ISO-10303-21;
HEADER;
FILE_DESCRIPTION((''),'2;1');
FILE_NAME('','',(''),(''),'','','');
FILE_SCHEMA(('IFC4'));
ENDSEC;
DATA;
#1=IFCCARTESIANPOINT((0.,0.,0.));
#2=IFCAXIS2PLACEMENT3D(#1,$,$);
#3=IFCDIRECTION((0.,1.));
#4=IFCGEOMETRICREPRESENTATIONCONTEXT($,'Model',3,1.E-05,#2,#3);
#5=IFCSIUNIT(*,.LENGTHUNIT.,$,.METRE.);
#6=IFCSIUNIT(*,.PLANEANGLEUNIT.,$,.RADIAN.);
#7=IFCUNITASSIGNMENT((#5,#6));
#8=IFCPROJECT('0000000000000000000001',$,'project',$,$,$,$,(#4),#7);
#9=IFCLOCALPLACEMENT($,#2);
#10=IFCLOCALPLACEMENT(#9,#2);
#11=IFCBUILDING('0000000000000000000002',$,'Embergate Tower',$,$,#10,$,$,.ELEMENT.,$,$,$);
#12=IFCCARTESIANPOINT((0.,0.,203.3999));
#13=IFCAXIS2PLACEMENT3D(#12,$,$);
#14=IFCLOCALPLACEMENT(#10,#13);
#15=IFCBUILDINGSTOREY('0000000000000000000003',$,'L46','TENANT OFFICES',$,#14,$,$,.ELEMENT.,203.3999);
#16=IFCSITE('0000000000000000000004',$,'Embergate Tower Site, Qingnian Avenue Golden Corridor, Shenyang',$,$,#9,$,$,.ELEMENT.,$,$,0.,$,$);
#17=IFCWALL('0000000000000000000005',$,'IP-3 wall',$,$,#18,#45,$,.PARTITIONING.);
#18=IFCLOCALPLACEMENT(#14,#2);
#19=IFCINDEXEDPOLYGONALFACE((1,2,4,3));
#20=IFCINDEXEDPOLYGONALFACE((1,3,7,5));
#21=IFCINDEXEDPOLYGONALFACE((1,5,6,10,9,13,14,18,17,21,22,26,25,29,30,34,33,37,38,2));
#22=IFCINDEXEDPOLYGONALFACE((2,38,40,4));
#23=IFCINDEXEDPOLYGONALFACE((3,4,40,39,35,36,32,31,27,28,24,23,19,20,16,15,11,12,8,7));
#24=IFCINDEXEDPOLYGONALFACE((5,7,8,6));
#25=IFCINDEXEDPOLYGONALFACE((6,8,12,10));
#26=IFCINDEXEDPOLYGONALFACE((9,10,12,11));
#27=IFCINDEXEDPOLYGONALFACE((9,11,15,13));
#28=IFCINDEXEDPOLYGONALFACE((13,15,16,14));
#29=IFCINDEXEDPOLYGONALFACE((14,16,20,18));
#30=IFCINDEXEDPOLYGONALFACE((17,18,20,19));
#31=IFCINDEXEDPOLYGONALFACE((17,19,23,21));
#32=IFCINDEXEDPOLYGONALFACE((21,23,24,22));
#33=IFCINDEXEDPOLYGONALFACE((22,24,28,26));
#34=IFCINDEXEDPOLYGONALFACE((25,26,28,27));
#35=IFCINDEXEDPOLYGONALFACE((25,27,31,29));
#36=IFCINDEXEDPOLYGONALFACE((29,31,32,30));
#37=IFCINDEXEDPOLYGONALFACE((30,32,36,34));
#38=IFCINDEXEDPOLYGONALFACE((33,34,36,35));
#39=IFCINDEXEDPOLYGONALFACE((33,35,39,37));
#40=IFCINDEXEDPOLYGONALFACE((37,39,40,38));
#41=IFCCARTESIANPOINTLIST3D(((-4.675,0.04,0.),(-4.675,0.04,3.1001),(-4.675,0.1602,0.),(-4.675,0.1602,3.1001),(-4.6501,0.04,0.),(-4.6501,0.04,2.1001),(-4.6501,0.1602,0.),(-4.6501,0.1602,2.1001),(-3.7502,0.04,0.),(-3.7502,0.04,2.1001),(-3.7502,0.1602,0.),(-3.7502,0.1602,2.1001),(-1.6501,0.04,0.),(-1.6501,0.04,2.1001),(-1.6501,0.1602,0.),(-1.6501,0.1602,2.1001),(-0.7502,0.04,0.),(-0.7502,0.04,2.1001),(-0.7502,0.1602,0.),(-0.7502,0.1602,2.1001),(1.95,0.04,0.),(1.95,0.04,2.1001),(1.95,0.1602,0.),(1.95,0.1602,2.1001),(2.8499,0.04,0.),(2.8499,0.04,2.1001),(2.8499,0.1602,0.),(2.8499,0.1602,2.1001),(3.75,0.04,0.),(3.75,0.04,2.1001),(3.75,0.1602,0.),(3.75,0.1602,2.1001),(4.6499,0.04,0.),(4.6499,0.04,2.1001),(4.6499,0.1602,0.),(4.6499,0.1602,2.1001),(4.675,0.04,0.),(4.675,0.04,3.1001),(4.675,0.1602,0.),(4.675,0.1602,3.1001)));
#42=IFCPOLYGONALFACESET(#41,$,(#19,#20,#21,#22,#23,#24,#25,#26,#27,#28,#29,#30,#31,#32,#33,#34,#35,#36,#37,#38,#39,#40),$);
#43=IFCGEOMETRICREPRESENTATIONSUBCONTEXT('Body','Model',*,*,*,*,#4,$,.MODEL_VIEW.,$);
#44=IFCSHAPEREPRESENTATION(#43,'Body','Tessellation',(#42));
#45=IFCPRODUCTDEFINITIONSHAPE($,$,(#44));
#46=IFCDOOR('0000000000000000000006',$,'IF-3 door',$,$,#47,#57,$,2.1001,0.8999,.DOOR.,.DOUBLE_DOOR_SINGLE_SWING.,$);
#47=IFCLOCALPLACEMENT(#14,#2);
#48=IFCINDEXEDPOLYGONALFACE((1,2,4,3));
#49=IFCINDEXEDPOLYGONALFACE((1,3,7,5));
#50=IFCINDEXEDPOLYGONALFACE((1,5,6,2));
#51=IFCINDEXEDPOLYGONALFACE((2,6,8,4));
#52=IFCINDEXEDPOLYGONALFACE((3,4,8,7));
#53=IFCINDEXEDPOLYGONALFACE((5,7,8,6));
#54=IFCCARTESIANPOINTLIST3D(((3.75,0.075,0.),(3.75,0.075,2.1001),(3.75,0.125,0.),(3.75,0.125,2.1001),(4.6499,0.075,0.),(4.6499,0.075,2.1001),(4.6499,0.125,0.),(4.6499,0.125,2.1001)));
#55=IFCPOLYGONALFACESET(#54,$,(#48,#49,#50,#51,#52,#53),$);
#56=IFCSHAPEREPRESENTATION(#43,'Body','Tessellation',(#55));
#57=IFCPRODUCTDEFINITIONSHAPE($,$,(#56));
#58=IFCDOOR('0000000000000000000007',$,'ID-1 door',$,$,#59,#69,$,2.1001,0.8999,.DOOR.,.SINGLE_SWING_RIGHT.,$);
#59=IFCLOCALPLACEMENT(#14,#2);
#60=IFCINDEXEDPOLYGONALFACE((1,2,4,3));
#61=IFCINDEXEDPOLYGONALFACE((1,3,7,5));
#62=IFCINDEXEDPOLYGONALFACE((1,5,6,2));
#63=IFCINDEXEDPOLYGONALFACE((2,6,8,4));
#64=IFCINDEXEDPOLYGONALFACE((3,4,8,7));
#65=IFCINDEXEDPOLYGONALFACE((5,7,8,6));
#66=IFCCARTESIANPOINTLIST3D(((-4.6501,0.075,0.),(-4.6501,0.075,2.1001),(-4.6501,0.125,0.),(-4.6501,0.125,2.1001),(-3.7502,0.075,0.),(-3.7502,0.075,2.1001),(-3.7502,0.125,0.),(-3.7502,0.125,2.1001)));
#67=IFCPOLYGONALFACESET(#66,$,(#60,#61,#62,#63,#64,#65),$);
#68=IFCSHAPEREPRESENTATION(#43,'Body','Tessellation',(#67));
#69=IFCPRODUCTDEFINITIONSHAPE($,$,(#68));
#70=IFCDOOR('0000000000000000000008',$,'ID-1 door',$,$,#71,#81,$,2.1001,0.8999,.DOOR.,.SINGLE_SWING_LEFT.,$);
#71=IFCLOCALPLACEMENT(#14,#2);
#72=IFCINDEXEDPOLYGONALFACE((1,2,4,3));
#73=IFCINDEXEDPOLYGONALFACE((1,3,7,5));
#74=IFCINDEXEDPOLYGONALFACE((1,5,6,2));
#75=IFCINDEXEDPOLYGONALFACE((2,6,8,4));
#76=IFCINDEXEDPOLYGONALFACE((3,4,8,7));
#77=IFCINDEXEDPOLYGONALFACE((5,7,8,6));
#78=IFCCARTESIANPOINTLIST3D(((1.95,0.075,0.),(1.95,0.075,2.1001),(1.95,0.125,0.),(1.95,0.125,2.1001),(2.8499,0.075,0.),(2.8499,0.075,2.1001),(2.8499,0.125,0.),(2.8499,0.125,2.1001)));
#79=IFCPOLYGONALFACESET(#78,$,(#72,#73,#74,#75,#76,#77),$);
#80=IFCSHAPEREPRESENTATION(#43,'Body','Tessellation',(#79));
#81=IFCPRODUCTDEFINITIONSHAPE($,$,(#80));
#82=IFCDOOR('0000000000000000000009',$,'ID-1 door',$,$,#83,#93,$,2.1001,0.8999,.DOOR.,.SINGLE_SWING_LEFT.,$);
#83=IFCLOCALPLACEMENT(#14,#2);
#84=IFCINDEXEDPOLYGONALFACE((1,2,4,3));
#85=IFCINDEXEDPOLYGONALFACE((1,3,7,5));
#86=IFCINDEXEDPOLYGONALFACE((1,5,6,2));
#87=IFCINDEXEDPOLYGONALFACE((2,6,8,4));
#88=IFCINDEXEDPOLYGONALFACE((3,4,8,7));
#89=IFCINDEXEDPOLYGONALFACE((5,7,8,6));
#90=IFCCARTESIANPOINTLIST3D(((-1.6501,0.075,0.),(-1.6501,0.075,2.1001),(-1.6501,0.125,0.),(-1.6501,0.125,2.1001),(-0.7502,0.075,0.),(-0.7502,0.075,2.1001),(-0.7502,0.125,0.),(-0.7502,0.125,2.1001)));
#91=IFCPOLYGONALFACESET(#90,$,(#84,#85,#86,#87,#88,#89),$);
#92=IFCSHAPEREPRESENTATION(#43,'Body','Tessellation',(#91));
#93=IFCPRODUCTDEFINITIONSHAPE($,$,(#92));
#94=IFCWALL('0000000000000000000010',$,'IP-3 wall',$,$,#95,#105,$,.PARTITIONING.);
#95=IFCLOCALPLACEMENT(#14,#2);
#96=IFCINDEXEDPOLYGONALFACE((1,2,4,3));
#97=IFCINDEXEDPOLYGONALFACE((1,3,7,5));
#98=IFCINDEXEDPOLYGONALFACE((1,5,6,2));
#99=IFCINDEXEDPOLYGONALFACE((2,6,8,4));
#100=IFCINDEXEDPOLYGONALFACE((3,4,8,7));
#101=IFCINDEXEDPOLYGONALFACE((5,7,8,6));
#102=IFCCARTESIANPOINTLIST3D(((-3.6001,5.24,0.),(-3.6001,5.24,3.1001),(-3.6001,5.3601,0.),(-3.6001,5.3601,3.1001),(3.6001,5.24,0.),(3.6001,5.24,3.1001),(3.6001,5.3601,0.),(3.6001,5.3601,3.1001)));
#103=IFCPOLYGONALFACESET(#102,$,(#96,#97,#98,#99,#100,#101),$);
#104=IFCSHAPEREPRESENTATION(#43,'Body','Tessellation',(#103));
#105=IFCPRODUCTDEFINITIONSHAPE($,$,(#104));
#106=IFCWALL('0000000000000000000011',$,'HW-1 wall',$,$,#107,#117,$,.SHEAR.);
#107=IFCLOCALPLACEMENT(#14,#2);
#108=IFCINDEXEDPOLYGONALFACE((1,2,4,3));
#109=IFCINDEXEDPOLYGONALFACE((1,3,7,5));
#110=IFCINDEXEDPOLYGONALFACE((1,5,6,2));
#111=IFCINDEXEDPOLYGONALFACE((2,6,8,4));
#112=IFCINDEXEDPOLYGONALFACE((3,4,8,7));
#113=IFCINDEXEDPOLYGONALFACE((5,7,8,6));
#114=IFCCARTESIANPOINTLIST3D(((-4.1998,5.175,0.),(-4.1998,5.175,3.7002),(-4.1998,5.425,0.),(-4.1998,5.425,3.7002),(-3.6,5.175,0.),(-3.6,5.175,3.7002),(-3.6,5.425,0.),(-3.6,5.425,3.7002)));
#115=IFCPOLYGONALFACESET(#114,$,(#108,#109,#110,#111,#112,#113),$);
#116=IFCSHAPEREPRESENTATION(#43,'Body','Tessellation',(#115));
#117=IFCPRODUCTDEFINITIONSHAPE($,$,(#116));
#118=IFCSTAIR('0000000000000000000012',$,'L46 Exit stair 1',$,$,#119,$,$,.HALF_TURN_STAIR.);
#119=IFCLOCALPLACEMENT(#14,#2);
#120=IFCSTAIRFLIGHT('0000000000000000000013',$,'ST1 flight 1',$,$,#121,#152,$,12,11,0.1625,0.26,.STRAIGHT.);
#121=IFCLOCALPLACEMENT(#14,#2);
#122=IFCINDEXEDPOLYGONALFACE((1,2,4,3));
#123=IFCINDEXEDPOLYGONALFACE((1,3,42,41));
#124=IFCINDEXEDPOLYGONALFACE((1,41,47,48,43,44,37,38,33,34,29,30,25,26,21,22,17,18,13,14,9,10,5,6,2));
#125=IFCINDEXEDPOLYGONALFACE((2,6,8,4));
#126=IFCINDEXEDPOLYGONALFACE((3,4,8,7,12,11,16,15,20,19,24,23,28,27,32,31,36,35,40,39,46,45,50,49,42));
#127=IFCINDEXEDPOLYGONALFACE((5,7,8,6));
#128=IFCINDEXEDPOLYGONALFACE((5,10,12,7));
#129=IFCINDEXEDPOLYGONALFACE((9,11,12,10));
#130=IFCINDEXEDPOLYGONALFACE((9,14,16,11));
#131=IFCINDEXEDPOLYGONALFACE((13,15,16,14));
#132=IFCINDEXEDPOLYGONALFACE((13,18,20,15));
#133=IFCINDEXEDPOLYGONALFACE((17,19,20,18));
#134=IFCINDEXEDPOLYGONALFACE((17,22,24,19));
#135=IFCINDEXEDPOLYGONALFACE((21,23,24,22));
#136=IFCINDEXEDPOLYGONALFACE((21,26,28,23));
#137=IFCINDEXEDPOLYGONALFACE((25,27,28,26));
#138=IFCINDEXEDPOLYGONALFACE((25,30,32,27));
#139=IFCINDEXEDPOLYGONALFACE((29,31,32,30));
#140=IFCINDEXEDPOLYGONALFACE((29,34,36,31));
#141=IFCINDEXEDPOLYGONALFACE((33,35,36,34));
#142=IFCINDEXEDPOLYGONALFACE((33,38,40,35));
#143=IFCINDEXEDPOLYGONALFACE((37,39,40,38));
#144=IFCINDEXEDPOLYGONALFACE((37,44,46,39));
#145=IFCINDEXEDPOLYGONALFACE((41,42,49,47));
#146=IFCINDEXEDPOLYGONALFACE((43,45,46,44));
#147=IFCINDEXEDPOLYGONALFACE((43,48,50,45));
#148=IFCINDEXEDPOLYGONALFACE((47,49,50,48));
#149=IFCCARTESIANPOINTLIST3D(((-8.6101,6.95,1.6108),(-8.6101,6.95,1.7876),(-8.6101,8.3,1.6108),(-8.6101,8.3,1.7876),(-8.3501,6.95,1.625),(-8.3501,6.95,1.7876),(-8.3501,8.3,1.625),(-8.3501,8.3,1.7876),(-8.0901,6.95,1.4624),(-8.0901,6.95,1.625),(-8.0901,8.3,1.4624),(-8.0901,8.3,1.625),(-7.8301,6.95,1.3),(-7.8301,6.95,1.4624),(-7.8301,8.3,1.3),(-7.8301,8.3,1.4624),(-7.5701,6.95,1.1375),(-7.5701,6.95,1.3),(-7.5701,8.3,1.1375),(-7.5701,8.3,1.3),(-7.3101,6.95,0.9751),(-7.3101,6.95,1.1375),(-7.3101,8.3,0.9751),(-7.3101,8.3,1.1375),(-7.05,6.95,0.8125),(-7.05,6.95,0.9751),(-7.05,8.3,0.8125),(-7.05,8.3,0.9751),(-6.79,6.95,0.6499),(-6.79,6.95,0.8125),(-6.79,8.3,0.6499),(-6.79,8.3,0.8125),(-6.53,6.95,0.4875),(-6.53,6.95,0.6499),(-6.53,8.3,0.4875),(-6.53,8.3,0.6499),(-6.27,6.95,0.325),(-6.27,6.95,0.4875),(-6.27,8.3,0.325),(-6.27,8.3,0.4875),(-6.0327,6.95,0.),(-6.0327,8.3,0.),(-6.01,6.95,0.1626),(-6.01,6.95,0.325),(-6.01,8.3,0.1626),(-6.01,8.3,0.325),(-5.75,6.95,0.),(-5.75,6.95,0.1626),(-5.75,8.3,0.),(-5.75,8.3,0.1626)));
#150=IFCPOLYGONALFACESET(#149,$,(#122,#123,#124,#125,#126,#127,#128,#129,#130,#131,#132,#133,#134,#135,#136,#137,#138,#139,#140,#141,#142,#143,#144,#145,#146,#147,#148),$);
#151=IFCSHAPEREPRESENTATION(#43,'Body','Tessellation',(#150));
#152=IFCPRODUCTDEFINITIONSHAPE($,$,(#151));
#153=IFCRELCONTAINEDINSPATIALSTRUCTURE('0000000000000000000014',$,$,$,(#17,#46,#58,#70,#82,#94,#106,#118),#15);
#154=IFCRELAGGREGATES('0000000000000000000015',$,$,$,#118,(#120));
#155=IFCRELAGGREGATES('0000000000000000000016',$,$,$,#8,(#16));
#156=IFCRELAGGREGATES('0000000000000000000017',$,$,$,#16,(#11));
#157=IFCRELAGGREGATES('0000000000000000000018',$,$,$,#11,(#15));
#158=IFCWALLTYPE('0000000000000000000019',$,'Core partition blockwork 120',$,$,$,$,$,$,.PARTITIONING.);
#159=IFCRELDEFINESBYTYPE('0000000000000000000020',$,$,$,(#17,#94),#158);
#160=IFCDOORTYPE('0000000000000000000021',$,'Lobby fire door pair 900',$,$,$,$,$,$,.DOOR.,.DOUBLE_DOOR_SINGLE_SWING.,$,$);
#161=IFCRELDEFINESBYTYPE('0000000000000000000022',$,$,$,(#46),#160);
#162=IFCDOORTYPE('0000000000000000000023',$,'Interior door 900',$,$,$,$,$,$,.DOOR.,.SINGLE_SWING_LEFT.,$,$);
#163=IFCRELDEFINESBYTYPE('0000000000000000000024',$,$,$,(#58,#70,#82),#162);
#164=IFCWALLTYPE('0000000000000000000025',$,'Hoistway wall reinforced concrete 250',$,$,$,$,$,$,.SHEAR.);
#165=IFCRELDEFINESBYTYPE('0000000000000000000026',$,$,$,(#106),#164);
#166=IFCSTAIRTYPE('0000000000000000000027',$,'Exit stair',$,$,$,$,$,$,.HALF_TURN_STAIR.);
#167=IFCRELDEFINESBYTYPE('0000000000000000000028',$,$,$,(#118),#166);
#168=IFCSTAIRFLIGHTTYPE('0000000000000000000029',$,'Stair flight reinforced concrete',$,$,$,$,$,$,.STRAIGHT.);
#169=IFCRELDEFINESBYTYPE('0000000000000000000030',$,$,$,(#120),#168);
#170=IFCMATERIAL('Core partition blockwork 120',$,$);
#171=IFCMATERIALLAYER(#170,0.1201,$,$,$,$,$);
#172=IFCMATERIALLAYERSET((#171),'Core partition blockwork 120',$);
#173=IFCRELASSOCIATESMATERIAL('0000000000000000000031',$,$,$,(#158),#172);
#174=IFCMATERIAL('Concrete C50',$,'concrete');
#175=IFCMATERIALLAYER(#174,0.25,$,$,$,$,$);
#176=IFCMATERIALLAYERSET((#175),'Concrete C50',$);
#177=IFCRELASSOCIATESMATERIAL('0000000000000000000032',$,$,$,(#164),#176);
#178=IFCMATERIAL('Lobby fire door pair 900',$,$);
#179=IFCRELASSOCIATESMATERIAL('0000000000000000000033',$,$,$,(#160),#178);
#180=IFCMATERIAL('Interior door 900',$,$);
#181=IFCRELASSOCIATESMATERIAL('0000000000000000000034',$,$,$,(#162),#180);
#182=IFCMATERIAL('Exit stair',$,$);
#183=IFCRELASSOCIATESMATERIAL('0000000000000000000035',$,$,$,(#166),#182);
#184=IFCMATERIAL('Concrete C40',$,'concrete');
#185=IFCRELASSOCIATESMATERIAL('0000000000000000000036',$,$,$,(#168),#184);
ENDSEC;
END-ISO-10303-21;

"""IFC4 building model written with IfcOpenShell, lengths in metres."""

from ifc_helpers import new_model, si_unit, direction, frame, frame_2d, origin, place, context, subcontext, project, spatial, polyline, rectangle, outline, extrude, source, transform, mapped, material, layer, layer_set, type_object, element, fill, aggregate, save


model = new_model("IFC4")

# Units and contexts
model_context = context("Model", 3, precision=1e-05, world=origin(), true_north=direction((0.0, 1.0)))
body_context = subcontext(model_context, "Body", "Model", "MODEL_VIEW")
ifc_project = project(units=[si_unit("LENGTHUNIT", "METRE"), si_unit("PLANEANGLEUNIT", "RADIAN")], contexts=[model_context])

# Site, building, storey
site_placement = place(None, origin())
site = spatial("IfcSite", under=ifc_project, at=site_placement, Name="Embergate Tower Site, Qingnian Avenue Golden Corridor, Shenyang", CompositionType="ELEMENT", RefElevation=0.0)
building_placement = place(site_placement, origin())
building = spatial("IfcBuilding", under=site, at=building_placement, Name="Embergate Tower", CompositionType="ELEMENT")
storey_placement = place(building_placement, frame((0.0, 0.0, 203.3999)))
storey = spatial("IfcBuildingStorey", under=building, at=storey_placement, Name="L46", Description="TENANT OFFICES", CompositionType="ELEMENT", Elevation=203.3999)

# Shared definitions
ifc_material_1 = material(Name="Core partition blockwork 120")
ifc_layer_1 = layer(ifc_material_1, 0.1201)
ifc_layer_set_1 = layer_set([ifc_layer_1], Name="Core partition blockwork 120")
wall_type_1 = type_object("IfcWallType", Name="Core partition blockwork 120", PredefinedType="PARTITIONING", material=ifc_layer_set_1)

# Shared definitions
ifc_material_2 = material(Name="Concrete C50", Category="concrete")
ifc_layer_2 = layer(ifc_material_2, 0.25)
ifc_layer_set_2 = layer_set([ifc_layer_2], Name="Concrete C50")
wall_type_2 = type_object("IfcWallType", Name="Hoistway wall reinforced concrete 250", PredefinedType="SHEAR", material=ifc_layer_set_2)

# Wall, openings, doors
shared_shape_1 = source(origin(), body_context, "Body", "SweptSolid", [
    extrude(rectangle(XDim=9.3501, YDim=0.1201, at=frame_2d((4.675, 0.0))), origin(), (0.0, 0.0, 1.0), 3.1001),
])
wall_1_placement = place(storey_placement, frame((-4.675, 0.1001, 0.0), z_axis=(0.0, 0.0, 1.0), x_axis=(1.0, 0.0, 0.0)))
wall_1 = element("IfcWall", 1, at=wall_1_placement, inside=storey, type_object=wall_type_1, Name="IP-3 wall", PredefinedType="PARTITIONING", context=body_context, shape_type="MappedRepresentation", body=[
    mapped(shared_shape_1, transform((0.0, 0.0, 0.0))),
])
shared_shape_2 = source(origin(), body_context, "Body", "SweptSolid", [
    extrude(rectangle(XDim=0.8999, YDim=2.1001, at=frame_2d((0.45, 1.05))), frame((0.0, 0.0701, 0.0), z_axis=(0.0, -1.0, 0.0), x_axis=(1.0, 0.0, 0.0)), (0.0, 0.0, 1.0), 0.1401),
])
opening_1_placement = place(wall_1_placement, frame((8.425, 0.0, 0.0)))
opening_1 = element("IfcOpeningElement", 2, at=opening_1_placement, cuts=wall_1, PredefinedType="OPENING", context=body_context, shape_type="MappedRepresentation", body=[
    mapped(shared_shape_2, transform((0.0, 0.0, 0.0))),
])
opening_2_placement = place(wall_1_placement, frame((0.0249, 0.0, 0.0)))
opening_2 = element("IfcOpeningElement", 3, at=opening_2_placement, cuts=wall_1, PredefinedType="OPENING", context=body_context, shape_type="MappedRepresentation", body=[
    mapped(shared_shape_2, transform((0.0, 0.0, 0.0))),
])
opening_3_placement = place(wall_1_placement, frame((6.625, 0.0, 0.0)))
opening_3 = element("IfcOpeningElement", 4, at=opening_3_placement, cuts=wall_1, PredefinedType="OPENING", context=body_context, shape_type="MappedRepresentation", body=[
    mapped(shared_shape_2, transform((0.0, 0.0, 0.0))),
])
opening_4_placement = place(wall_1_placement, frame((3.0249, 0.0, 0.0)))
opening_4 = element("IfcOpeningElement", 5, at=opening_4_placement, cuts=wall_1, PredefinedType="OPENING", context=body_context, shape_type="MappedRepresentation", body=[
    mapped(shared_shape_2, transform((0.0, 0.0, 0.0))),
])
ifc_material_3 = material(Name="Lobby fire door pair 900")
door_type_1 = type_object("IfcDoorType", Name="Lobby fire door pair 900", OperationType="DOUBLE_DOOR_SINGLE_SWING", PredefinedType="DOOR", material=ifc_material_3)
shared_shape_3 = source(origin(), body_context, "Body", "SweptSolid", [
    extrude(rectangle(XDim=0.8999, YDim=2.1001, at=frame_2d((0.45, 1.05))), frame((0.0, 0.0249, 0.0), z_axis=(0.0, -1.0, 0.0), x_axis=(1.0, 0.0, 0.0)), (0.0, 0.0, 1.0), 0.05),
])
door_1_placement = place(opening_1_placement, origin())
door_1 = element("IfcDoor", 6, at=door_1_placement, inside=storey, type_object=door_type_1, Name="IF-3 door", OperationType="DOUBLE_DOOR_SINGLE_SWING", OverallHeight=2.1001, OverallWidth=0.8999, PredefinedType="DOOR", context=body_context, shape_type="MappedRepresentation", body=[
    mapped(shared_shape_3, transform((0.0, 0.0, 0.0))),
])
fill(opening_1, door_1)
ifc_material_4 = material(Name="Interior door 900")
door_type_2 = type_object("IfcDoorType", Name="Interior door 900", OperationType="SINGLE_SWING_LEFT", PredefinedType="DOOR", material=ifc_material_4)
door_2_placement = place(opening_2_placement, origin())
door_2 = element("IfcDoor", 7, at=door_2_placement, inside=storey, type_object=door_type_2, Name="ID-1 door", OperationType="SINGLE_SWING_RIGHT", OverallHeight=2.1001, OverallWidth=0.8999, PredefinedType="DOOR", context=body_context, shape_type="MappedRepresentation", body=[
    mapped(shared_shape_3, transform((0.0, 0.0, 0.0))),
])
fill(opening_2, door_2)
door_3_placement = place(opening_3_placement, origin())
door_3 = element("IfcDoor", 8, at=door_3_placement, inside=storey, type_object=door_type_2, Name="ID-1 door", OperationType="SINGLE_SWING_LEFT", OverallHeight=2.1001, OverallWidth=0.8999, PredefinedType="DOOR", context=body_context, shape_type="MappedRepresentation", body=[
    mapped(shared_shape_3, transform((0.0, 0.0, 0.0))),
])
fill(opening_3, door_3)
door_4_placement = place(opening_4_placement, origin())
door_4 = element("IfcDoor", 9, at=door_4_placement, inside=storey, type_object=door_type_2, Name="ID-1 door", OperationType="SINGLE_SWING_LEFT", OverallHeight=2.1001, OverallWidth=0.8999, PredefinedType="DOOR", context=body_context, shape_type="MappedRepresentation", body=[
    mapped(shared_shape_3, transform((0.0, 0.0, 0.0))),
])
fill(opening_4, door_4)

# Walls
shared_shape_4 = source(origin(), body_context, "Body", "SweptSolid", [
    extrude(rectangle(XDim=7.2002, YDim=0.1201, at=frame_2d((3.6001, 0.0))), origin(), (0.0, 0.0, 1.0), 3.1001),
])
wall_2_placement = place(storey_placement, frame((-3.6001, 5.3, 0.0), z_axis=(0.0, 0.0, 1.0), x_axis=(1.0, 0.0, 0.0)))
element("IfcWall", 10, at=wall_2_placement, inside=storey, type_object=wall_type_1, Name="IP-3 wall", PredefinedType="PARTITIONING", context=body_context, shape_type="MappedRepresentation", body=[
    mapped(shared_shape_4, transform((0.0, 0.0, 0.0))),
])
shared_shape_5 = source(origin(), body_context, "Body", "SweptSolid", [
    extrude(rectangle(XDim=0.5999, YDim=0.25, at=frame_2d((0.2998, 0.0))), origin(), (0.0, 0.0, 1.0), 3.7002),
])
wall_3_placement = place(storey_placement, frame((-3.6001, 5.3, 0.0), z_axis=(0.0, 0.0, 1.0), x_axis=(-1.0, 0.0, 0.0)))
element("IfcWall", 11, at=wall_3_placement, inside=storey, type_object=wall_type_2, Name="HW-1 wall", PredefinedType="SHEAR", context=body_context, shape_type="MappedRepresentation", body=[
    mapped(shared_shape_5, transform((0.0, 0.0, 0.0))),
])

# Stair, stair flight
ifc_material_5 = material(Name="Exit stair")
stair_type = type_object("IfcStairType", Name="Exit stair", PredefinedType="HALF_TURN_STAIR", material=ifc_material_5)
stair_placement = place(storey_placement, origin())
stair = element("IfcStair", 12, at=stair_placement, inside=storey, type_object=stair_type, Name="L46 Exit stair 1", PredefinedType="HALF_TURN_STAIR")
ifc_material_6 = material(Name="Concrete C40", Category="concrete")
stair_flight_type = type_object("IfcStairFlightType", Name="Stair flight reinforced concrete", PredefinedType="STRAIGHT", material=ifc_material_6)
shared_shape_6 = source(origin(), body_context, "Body", "SweptSolid", [
    extrude(outline(polyline([(0.0, 0.0), (0.0, 0.1626), (0.26, 0.1626), (0.26, 0.325), (0.52, 0.325), (0.52, 0.4875), (0.78, 0.4875), (0.78, 0.6499), (1.04, 0.6499), (1.04, 0.8125), (1.3, 0.8125), (1.3, 0.9751), (1.5601, 0.9751), (1.5601, 1.1375), (1.8201, 1.1375), (1.8201, 1.3), (2.0801, 1.3), (2.0801, 1.4624), (2.3401, 1.4624), (2.3401, 1.625), (2.6001, 1.625), (2.6001, 1.7876), (2.8601, 1.7876), (2.8601, 1.95), (2.8601, 1.6108), (0.2827, 0.0), (0.0, 0.0)])), frame((0.0, 0.675, 0.0), z_axis=(0.0, -1.0, 0.0), x_axis=(1.0, 0.0, 0.0)), (0.0, 0.0, 1.0), 1.3501),
])
stair_flight_placement = place(storey_placement, frame((-5.75, 7.625, 0.0), z_axis=(0.0, 0.0, 1.0), x_axis=(-1.0, 0.0, 0.0)))
stair_flight = element("IfcStairFlight", 13, at=stair_flight_placement, type_object=stair_flight_type, Name="ST1 flight 1", NumberOfRisers=12, NumberOfTreads=11, PredefinedType="STRAIGHT", RiserHeight=0.1625, TreadLength=0.26, context=body_context, shape_type="MappedRepresentation", body=[
    mapped(shared_shape_6, transform((0.0, 0.0, 0.0))),
])
aggregate(stair, [stair_flight])

save(model, "model.ifc")
